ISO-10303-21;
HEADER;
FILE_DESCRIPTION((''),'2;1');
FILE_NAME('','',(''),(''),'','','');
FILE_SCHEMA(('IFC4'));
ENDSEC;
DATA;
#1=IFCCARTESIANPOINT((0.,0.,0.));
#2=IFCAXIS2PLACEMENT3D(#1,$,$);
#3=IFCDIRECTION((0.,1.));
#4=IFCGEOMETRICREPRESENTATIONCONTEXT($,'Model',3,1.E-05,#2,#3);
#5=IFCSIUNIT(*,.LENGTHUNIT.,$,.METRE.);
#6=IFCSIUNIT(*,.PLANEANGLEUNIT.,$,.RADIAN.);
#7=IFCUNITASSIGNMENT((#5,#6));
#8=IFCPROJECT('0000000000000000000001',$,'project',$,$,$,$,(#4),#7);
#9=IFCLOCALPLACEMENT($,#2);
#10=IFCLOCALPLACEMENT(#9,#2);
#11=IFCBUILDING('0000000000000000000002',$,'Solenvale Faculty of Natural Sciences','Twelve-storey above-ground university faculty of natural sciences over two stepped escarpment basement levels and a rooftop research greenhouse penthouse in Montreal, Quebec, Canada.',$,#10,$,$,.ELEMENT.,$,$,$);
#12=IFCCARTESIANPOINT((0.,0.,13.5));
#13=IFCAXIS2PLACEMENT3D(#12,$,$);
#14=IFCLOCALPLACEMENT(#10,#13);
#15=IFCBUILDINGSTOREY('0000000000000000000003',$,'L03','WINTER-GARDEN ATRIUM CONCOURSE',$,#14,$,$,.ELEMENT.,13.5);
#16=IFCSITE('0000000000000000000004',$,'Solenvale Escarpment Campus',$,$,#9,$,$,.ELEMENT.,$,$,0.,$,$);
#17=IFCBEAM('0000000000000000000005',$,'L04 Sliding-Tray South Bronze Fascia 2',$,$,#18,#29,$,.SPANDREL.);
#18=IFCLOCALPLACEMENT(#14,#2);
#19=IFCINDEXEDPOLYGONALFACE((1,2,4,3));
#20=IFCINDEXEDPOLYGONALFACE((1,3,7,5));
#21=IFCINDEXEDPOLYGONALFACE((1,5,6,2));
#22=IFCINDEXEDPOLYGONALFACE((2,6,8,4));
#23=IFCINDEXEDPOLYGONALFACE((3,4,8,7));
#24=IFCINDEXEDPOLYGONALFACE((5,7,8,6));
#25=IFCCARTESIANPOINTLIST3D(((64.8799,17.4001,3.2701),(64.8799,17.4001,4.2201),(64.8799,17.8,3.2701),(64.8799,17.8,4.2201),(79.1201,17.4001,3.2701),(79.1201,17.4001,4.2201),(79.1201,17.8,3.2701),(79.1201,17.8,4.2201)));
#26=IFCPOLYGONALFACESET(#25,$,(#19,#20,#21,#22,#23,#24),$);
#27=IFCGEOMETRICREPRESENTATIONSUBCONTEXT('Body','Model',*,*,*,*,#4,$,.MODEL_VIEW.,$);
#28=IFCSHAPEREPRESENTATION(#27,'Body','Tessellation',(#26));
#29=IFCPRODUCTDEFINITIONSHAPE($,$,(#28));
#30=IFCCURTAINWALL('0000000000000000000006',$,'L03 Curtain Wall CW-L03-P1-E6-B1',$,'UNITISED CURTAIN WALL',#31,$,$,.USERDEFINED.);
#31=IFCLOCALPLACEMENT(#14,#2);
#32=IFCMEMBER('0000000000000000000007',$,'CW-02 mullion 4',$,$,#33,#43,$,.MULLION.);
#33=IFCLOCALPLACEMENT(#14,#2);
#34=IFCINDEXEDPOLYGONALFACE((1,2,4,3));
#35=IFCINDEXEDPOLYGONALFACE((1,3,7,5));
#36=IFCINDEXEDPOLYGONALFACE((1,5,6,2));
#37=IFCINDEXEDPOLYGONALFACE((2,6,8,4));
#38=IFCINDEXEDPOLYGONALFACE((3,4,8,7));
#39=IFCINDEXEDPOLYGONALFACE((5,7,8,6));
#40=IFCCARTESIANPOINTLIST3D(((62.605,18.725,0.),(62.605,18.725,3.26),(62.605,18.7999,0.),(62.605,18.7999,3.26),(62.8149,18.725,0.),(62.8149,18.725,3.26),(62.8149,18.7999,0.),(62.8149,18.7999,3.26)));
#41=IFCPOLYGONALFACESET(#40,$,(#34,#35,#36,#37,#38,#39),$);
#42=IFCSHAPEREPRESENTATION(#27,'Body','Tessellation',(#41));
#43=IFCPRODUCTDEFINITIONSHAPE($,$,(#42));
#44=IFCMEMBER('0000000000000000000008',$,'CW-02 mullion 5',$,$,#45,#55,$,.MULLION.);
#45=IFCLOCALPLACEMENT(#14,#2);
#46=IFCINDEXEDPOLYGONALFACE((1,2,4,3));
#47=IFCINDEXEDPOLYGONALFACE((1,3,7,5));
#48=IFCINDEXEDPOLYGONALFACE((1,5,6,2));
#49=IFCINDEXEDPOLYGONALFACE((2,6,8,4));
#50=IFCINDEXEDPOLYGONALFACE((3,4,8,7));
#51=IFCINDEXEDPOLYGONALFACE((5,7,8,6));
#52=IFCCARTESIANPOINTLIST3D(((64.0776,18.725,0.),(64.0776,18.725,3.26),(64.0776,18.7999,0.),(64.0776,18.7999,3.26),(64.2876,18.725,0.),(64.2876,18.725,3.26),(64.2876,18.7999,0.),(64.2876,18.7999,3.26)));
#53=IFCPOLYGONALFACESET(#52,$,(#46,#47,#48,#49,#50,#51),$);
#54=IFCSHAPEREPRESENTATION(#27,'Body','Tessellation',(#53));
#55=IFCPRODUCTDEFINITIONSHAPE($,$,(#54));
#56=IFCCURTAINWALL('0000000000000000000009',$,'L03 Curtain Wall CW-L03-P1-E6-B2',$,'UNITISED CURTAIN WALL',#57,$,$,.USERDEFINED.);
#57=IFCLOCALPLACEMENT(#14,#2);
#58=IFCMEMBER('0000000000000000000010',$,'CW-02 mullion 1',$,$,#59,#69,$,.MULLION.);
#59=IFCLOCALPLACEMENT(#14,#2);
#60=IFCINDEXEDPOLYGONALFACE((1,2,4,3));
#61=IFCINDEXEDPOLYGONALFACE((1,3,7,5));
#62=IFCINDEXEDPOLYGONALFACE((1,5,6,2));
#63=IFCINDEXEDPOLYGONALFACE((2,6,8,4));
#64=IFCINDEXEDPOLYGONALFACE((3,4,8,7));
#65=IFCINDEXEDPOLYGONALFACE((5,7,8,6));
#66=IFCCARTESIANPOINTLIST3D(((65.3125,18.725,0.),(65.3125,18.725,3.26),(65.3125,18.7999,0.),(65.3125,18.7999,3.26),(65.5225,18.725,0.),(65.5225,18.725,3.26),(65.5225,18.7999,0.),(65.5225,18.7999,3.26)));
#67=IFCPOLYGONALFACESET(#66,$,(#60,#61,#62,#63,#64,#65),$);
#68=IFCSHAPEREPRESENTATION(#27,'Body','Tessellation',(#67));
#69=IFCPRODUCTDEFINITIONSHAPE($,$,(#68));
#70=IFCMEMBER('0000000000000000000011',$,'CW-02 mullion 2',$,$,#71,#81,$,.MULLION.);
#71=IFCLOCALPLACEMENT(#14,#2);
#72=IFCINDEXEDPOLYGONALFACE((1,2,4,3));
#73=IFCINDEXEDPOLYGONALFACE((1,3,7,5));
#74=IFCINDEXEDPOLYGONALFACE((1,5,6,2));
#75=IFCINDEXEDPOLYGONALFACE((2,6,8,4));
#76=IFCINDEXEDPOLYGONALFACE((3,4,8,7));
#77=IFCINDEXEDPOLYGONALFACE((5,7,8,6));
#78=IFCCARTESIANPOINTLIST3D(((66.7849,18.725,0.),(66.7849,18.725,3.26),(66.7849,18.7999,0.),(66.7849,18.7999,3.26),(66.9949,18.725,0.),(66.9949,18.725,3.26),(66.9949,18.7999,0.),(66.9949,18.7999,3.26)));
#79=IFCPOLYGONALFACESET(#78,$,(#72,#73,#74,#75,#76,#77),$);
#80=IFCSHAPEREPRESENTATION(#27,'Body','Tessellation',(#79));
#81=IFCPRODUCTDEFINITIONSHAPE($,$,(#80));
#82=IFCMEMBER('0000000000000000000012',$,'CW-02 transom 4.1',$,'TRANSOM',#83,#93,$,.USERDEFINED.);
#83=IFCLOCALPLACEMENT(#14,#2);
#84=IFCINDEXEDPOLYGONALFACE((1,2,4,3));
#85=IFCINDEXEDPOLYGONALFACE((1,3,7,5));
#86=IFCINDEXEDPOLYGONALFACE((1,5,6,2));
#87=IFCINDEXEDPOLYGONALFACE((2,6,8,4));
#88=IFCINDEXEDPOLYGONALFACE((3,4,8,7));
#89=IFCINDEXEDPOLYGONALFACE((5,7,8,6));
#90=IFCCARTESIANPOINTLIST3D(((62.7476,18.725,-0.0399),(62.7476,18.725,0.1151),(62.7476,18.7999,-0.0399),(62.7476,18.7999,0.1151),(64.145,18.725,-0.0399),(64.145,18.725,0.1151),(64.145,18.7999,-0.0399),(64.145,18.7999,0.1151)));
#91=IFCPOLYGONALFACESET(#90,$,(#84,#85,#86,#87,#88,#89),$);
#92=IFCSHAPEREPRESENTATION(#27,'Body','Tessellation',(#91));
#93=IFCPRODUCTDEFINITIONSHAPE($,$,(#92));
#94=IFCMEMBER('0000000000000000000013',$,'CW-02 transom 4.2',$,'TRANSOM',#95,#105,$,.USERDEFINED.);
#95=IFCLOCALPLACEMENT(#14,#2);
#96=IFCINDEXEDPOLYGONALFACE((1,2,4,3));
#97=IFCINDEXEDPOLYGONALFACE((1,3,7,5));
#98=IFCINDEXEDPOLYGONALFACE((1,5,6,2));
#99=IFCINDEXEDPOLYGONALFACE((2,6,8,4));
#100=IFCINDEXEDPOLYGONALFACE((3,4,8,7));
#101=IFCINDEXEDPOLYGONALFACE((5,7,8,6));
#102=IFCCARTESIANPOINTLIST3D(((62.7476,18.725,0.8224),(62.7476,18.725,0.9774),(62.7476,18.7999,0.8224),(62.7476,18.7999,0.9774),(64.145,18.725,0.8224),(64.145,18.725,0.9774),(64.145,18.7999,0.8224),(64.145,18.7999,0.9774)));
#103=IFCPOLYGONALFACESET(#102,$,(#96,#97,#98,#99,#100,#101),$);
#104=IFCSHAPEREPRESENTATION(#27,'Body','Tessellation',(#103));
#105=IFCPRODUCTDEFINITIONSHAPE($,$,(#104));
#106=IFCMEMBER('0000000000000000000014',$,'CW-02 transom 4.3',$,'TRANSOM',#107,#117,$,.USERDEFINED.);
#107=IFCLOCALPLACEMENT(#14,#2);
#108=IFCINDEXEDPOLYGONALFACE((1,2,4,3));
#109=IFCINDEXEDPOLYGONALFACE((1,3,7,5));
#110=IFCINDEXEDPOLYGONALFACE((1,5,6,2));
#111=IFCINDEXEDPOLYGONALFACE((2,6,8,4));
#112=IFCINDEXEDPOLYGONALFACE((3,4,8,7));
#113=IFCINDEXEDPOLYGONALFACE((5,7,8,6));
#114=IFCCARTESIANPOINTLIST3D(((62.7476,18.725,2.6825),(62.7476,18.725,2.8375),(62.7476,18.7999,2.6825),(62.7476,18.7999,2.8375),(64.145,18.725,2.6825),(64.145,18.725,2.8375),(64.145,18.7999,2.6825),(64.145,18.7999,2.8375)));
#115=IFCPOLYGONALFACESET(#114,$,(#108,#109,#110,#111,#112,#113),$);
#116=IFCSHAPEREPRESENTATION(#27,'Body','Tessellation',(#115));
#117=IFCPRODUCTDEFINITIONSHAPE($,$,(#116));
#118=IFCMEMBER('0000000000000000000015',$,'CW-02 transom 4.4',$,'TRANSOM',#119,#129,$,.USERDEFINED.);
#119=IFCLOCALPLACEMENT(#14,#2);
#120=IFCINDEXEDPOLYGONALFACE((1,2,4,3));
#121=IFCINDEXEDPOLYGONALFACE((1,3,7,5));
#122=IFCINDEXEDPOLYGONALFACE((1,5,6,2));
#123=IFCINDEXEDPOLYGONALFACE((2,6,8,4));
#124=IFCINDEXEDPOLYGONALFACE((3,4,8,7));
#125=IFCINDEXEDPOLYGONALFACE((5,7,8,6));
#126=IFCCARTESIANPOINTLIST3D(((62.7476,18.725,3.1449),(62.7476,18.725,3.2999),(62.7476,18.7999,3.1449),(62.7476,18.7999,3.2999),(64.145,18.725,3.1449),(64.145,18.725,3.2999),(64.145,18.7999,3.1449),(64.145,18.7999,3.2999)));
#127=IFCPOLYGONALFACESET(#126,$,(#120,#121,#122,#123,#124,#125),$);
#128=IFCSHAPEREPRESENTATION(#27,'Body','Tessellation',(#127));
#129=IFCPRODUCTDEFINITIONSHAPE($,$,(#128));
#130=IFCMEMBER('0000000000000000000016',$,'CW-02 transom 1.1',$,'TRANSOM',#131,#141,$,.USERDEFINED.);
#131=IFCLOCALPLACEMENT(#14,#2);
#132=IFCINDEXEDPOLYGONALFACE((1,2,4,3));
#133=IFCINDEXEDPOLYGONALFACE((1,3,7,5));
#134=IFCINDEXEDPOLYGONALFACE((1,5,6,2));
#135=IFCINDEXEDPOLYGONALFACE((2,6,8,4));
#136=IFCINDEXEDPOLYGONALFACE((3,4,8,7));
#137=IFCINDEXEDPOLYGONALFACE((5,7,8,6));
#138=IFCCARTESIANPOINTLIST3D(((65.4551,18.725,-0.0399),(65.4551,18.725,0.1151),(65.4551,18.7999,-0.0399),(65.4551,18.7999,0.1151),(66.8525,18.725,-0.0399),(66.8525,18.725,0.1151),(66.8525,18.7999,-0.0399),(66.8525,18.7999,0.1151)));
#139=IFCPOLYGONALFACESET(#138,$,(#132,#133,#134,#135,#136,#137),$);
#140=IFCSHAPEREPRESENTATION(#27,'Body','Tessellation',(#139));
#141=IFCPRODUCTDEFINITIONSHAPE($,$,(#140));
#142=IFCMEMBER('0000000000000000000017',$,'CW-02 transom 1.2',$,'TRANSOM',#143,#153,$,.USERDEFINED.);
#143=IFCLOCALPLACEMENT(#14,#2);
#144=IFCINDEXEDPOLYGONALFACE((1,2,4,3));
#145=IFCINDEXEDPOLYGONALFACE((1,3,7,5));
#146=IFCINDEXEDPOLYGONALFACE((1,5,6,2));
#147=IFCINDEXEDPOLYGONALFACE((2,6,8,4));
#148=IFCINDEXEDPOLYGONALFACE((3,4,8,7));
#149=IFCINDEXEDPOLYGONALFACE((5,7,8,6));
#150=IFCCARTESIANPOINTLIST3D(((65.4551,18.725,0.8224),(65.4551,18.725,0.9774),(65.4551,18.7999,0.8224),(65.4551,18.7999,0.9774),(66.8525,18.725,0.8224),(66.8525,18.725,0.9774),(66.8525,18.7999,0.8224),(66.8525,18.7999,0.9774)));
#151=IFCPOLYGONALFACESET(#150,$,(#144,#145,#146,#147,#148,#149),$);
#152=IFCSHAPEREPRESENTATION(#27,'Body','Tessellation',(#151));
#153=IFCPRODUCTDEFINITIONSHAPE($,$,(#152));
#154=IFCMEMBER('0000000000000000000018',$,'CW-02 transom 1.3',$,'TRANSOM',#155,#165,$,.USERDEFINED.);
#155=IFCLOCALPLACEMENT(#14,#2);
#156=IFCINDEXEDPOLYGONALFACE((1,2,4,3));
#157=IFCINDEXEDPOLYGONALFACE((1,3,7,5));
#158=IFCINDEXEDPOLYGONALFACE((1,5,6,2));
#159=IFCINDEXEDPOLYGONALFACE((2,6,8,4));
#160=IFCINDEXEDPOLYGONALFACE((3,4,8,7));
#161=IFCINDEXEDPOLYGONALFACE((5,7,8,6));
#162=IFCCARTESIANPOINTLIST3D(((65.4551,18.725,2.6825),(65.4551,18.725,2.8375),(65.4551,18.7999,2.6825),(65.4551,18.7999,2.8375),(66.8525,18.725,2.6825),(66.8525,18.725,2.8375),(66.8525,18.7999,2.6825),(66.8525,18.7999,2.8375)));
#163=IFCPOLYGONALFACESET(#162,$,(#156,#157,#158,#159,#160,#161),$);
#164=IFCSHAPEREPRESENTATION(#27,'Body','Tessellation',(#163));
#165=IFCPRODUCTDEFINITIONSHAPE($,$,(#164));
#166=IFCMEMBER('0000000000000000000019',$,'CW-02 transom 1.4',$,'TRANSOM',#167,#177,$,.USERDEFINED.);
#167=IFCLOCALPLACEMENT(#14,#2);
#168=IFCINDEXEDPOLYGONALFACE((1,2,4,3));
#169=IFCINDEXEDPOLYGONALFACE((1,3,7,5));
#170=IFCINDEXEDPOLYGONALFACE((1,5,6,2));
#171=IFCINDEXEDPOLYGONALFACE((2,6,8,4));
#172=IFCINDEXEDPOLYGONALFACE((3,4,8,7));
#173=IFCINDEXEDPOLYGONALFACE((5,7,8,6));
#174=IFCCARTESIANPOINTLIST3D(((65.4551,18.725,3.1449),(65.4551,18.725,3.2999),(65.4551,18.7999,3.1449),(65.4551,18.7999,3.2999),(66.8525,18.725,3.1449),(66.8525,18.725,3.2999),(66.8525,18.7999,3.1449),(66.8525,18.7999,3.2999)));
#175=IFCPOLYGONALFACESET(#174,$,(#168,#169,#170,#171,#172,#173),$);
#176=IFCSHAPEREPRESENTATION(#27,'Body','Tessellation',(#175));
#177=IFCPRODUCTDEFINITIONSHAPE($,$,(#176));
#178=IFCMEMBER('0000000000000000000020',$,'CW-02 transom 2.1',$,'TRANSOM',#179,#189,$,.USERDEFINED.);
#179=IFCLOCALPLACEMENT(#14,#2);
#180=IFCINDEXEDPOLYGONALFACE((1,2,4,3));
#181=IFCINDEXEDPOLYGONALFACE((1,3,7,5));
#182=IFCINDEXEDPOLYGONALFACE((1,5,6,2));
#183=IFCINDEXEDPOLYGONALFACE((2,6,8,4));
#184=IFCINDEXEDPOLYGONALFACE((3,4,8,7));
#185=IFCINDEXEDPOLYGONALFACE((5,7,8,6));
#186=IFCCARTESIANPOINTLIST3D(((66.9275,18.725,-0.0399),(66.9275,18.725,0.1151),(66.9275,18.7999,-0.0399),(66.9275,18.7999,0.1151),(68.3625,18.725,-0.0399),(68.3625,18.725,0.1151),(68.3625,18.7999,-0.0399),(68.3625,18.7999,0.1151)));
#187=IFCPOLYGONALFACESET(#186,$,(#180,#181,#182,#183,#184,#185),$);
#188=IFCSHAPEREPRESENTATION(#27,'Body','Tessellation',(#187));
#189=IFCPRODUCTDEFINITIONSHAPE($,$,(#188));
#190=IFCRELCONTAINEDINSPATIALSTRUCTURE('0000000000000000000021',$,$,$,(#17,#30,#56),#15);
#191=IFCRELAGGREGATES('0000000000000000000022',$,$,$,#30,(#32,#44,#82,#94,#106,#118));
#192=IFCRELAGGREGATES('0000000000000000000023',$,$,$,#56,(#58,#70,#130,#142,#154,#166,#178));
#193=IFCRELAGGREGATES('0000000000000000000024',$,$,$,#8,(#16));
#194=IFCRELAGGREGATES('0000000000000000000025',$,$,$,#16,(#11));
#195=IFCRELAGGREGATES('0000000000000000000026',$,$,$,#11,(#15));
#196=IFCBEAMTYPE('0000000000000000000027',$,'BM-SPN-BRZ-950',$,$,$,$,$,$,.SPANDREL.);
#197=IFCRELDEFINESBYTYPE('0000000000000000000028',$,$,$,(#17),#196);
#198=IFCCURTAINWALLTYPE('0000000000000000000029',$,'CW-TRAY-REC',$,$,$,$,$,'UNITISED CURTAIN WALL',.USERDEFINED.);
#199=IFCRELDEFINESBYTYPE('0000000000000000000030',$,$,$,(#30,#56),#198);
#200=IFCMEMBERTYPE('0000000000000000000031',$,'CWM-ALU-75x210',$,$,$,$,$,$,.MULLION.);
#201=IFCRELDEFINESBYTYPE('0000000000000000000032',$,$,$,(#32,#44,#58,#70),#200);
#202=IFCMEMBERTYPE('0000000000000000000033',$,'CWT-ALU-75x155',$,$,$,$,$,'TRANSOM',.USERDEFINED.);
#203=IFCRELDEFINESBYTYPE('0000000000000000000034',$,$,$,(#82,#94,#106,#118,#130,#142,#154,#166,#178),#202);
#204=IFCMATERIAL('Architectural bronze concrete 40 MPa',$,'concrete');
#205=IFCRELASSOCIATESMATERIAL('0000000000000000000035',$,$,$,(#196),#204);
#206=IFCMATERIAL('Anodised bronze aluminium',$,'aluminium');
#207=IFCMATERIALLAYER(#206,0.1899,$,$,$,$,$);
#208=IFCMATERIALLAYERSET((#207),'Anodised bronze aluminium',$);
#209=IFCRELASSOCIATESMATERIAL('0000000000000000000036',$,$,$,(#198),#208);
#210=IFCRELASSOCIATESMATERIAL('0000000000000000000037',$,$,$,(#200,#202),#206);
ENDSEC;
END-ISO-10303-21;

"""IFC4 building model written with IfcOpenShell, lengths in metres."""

from ifc_helpers import new_model, si_unit, direction, frame, origin, origin_2d, place, context, subcontext, project, spatial, rectangle, extrude, material, layer, layer_set, material_profile, profile_set, type_object, element, aggregate, save


model = new_model("IFC4")

# Units and contexts
model_context = context("Model", 3, precision=1e-05, world=origin(), true_north=direction((0.0, 1.0)))
body_context = subcontext(model_context, "Body", "Model", "MODEL_VIEW")
ifc_project = project(units=[si_unit("LENGTHUNIT", "METRE"), si_unit("PLANEANGLEUNIT", "RADIAN")], contexts=[model_context])

# Site, building, storey
site_placement = place(None, origin())
site = spatial("IfcSite", under=ifc_project, at=site_placement, Name="Solenvale Escarpment Campus", CompositionType="ELEMENT", RefElevation=0.0)
building_placement = place(site_placement, origin())
building = spatial("IfcBuilding", under=site, at=building_placement, Name="Solenvale Faculty of Natural Sciences", Description="Twelve-storey above-ground university faculty of natural sciences over two stepped escarpment basement levels and a rooftop research greenhouse penthouse in Montreal, Quebec, Canada.", CompositionType="ELEMENT")
storey_placement = place(building_placement, frame((0.0, 0.0, 13.5)))
storey = spatial("IfcBuildingStorey", under=building, at=storey_placement, Name="L03", Description="WINTER-GARDEN ATRIUM CONCOURSE", CompositionType="ELEMENT", Elevation=13.5)

# Beam
ifc_material_1 = material(Name="Architectural bronze concrete 40 MPa", Category="concrete")
ifc_material_profile_1 = material_profile(ifc_material_1, rectangle(XDim=0.3999, YDim=0.95, at=origin_2d()), Name="RC-SPN-400x950")
ifc_profile_set_1 = profile_set([ifc_material_profile_1], Name="Architectural bronze concrete 40 MPa")
beam_type = type_object("IfcBeamType", Name="BM-SPN-BRZ-950", PredefinedType="SPANDREL", material=ifc_profile_set_1)
beam_placement = place(storey_placement, frame((64.8799, 17.6001, 3.7451), z_axis=(1.0, 0.0, 0.0), x_axis=(0.0, 1.0, 0.0)))
element("IfcBeam", 1, at=beam_placement, inside=storey, type_object=beam_type, Name="L04 Sliding-Tray South Bronze Fascia 2", PredefinedType="SPANDREL", context=body_context, shape_type="SweptSolid", body=[
    extrude(rectangle(XDim=0.3999, YDim=0.95, at=origin_2d()), origin(), (0.0, 0.0, 1.0), 14.2402),
])

# Curtain walls, members
ifc_material_2 = material(Name="Anodised bronze aluminium", Category="aluminium")
ifc_layer_1 = layer(ifc_material_2, 0.1899)
ifc_layer_set_1 = layer_set([ifc_layer_1], Name="Anodised bronze aluminium")
curtain_wall_type = type_object("IfcCurtainWallType", Name="CW-TRAY-REC", ElementType="UNITISED CURTAIN WALL", PredefinedType="USERDEFINED", material=ifc_layer_set_1)
curtain_wall_1_placement = place(storey_placement, origin())
curtain_wall_1 = element("IfcCurtainWall", 2, at=curtain_wall_1_placement, inside=storey, type_object=curtain_wall_type, Name="L03 Curtain Wall CW-L03-P1-E6-B1", ObjectType="UNITISED CURTAIN WALL", PredefinedType="USERDEFINED")
ifc_material_profile_2 = material_profile(ifc_material_2, rectangle(XDim=0.075, YDim=0.21, at=origin_2d()), Name="ALU-MUL-75x210")
ifc_profile_set_2 = profile_set([ifc_material_profile_2], Name="Anodised bronze aluminium")
member_type_1 = type_object("IfcMemberType", Name="CWM-ALU-75x210", PredefinedType="MULLION", material=ifc_profile_set_2)
member_1_placement = place(storey_placement, frame((62.71, 18.7625, 0.0), z_axis=(0.0, 0.0, 1.0), x_axis=(0.0, 1.0, 0.0)))
member_1 = element("IfcMember", 3, at=member_1_placement, type_object=member_type_1, Name="CW-02 mullion 4", PredefinedType="MULLION", context=body_context, shape_type="SweptSolid", body=[
    extrude(rectangle(XDim=0.075, YDim=0.21, at=origin_2d()), origin(), (0.0, 0.0, 1.0), 3.26),
])
member_2_placement = place(storey_placement, frame((64.1826, 18.7625, 0.0), z_axis=(0.0, 0.0, 1.0), x_axis=(0.0, 1.0, 0.0)))
member_2 = element("IfcMember", 4, at=member_2_placement, type_object=member_type_1, Name="CW-02 mullion 5", PredefinedType="MULLION", context=body_context, shape_type="SweptSolid", body=[
    extrude(rectangle(XDim=0.075, YDim=0.21, at=origin_2d()), origin(), (0.0, 0.0, 1.0), 3.26),
])
curtain_wall_2_placement = place(storey_placement, origin())
curtain_wall_2 = element("IfcCurtainWall", 5, at=curtain_wall_2_placement, inside=storey, type_object=curtain_wall_type, Name="L03 Curtain Wall CW-L03-P1-E6-B2", ObjectType="UNITISED CURTAIN WALL", PredefinedType="USERDEFINED")
member_3_placement = place(storey_placement, frame((65.4175, 18.7625, 0.0), z_axis=(0.0, 0.0, 1.0), x_axis=(0.0, 1.0, 0.0)))
member_3 = element("IfcMember", 6, at=member_3_placement, type_object=member_type_1, Name="CW-02 mullion 1", PredefinedType="MULLION", context=body_context, shape_type="SweptSolid", body=[
    extrude(rectangle(XDim=0.075, YDim=0.21, at=origin_2d()), origin(), (0.0, 0.0, 1.0), 3.26),
])
member_4_placement = place(storey_placement, frame((66.8899, 18.7625, 0.0), z_axis=(0.0, 0.0, 1.0), x_axis=(0.0, 1.0, 0.0)))
member_4 = element("IfcMember", 7, at=member_4_placement, type_object=member_type_1, Name="CW-02 mullion 2", PredefinedType="MULLION", context=body_context, shape_type="SweptSolid", body=[
    extrude(rectangle(XDim=0.075, YDim=0.21, at=origin_2d()), origin(), (0.0, 0.0, 1.0), 3.26),
])

# Members
ifc_material_profile_3 = material_profile(ifc_material_2, rectangle(XDim=0.075, YDim=0.155, at=origin_2d()), Name="ALU-TRN-75x155")
ifc_profile_set_3 = profile_set([ifc_material_profile_3], Name="Anodised bronze aluminium")
member_type_2 = type_object("IfcMemberType", Name="CWT-ALU-75x155", ElementType="TRANSOM", PredefinedType="USERDEFINED", material=ifc_profile_set_3)
member_5_placement = place(storey_placement, frame((62.7476, 18.7625, 0.0376), z_axis=(1.0, 0.0, 0.0), x_axis=(0.0, 1.0, 0.0)))
member_5 = element("IfcMember", 8, at=member_5_placement, type_object=member_type_2, Name="CW-02 transom 4.1", ObjectType="TRANSOM", PredefinedType="USERDEFINED", context=body_context, shape_type="SweptSolid", body=[
    extrude(rectangle(XDim=0.075, YDim=0.155, at=origin_2d()), origin(), (0.0, 0.0, 1.0), 1.3975),
])
member_6_placement = place(storey_placement, frame((62.7476, 18.7625, 0.8999), z_axis=(1.0, 0.0, 0.0), x_axis=(0.0, 1.0, 0.0)))
member_6 = element("IfcMember", 9, at=member_6_placement, type_object=member_type_2, Name="CW-02 transom 4.2", ObjectType="TRANSOM", PredefinedType="USERDEFINED", context=body_context, shape_type="SweptSolid", body=[
    extrude(rectangle(XDim=0.075, YDim=0.155, at=origin_2d()), origin(), (0.0, 0.0, 1.0), 1.3975),
])
member_7_placement = place(storey_placement, frame((62.7476, 18.7625, 2.76), z_axis=(1.0, 0.0, 0.0), x_axis=(0.0, 1.0, 0.0)))
member_7 = element("IfcMember", 10, at=member_7_placement, type_object=member_type_2, Name="CW-02 transom 4.3", ObjectType="TRANSOM", PredefinedType="USERDEFINED", context=body_context, shape_type="SweptSolid", body=[
    extrude(rectangle(XDim=0.075, YDim=0.155, at=origin_2d()), origin(), (0.0, 0.0, 1.0), 1.3975),
])
member_8_placement = place(storey_placement, frame((62.7476, 18.7625, 3.2224), z_axis=(1.0, 0.0, 0.0), x_axis=(0.0, 1.0, 0.0)))
member_8 = element("IfcMember", 11, at=member_8_placement, type_object=member_type_2, Name="CW-02 transom 4.4", ObjectType="TRANSOM", PredefinedType="USERDEFINED", context=body_context, shape_type="SweptSolid", body=[
    extrude(rectangle(XDim=0.075, YDim=0.155, at=origin_2d()), origin(), (0.0, 0.0, 1.0), 1.3975),
])
member_9_placement = place(storey_placement, frame((65.4551, 18.7625, 0.0376), z_axis=(1.0, 0.0, 0.0), x_axis=(0.0, 1.0, 0.0)))
member_9 = element("IfcMember", 12, at=member_9_placement, type_object=member_type_2, Name="CW-02 transom 1.1", ObjectType="TRANSOM", PredefinedType="USERDEFINED", context=body_context, shape_type="SweptSolid", body=[
    extrude(rectangle(XDim=0.075, YDim=0.155, at=origin_2d()), origin(), (0.0, 0.0, 1.0), 1.3975),
])
member_10_placement = place(storey_placement, frame((65.4551, 18.7625, 0.8999), z_axis=(1.0, 0.0, 0.0), x_axis=(0.0, 1.0, 0.0)))
member_10 = element("IfcMember", 13, at=member_10_placement, type_object=member_type_2, Name="CW-02 transom 1.2", ObjectType="TRANSOM", PredefinedType="USERDEFINED", context=body_context, shape_type="SweptSolid", body=[
    extrude(rectangle(XDim=0.075, YDim=0.155, at=origin_2d()), origin(), (0.0, 0.0, 1.0), 1.3975),
])
member_11_placement = place(storey_placement, frame((65.4551, 18.7625, 2.76), z_axis=(1.0, 0.0, 0.0), x_axis=(0.0, 1.0, 0.0)))
member_11 = element("IfcMember", 14, at=member_11_placement, type_object=member_type_2, Name="CW-02 transom 1.3", ObjectType="TRANSOM", PredefinedType="USERDEFINED", context=body_context, shape_type="SweptSolid", body=[
    extrude(rectangle(XDim=0.075, YDim=0.155, at=origin_2d()), origin(), (0.0, 0.0, 1.0), 1.3975),
])
member_12_placement = place(storey_placement, frame((65.4551, 18.7625, 3.2224), z_axis=(1.0, 0.0, 0.0), x_axis=(0.0, 1.0, 0.0)))
member_12 = element("IfcMember", 15, at=member_12_placement, type_object=member_type_2, Name="CW-02 transom 1.4", ObjectType="TRANSOM", PredefinedType="USERDEFINED", context=body_context, shape_type="SweptSolid", body=[
    extrude(rectangle(XDim=0.075, YDim=0.155, at=origin_2d()), origin(), (0.0, 0.0, 1.0), 1.3975),
])
member_13_placement = place(storey_placement, frame((66.9275, 18.7625, 0.0376), z_axis=(1.0, 0.0, 0.0), x_axis=(0.0, 1.0, 0.0)))
member_13 = element("IfcMember", 16, at=member_13_placement, type_object=member_type_2, Name="CW-02 transom 2.1", ObjectType="TRANSOM", PredefinedType="USERDEFINED", context=body_context, shape_type="SweptSolid", body=[
    extrude(rectangle(XDim=0.075, YDim=0.155, at=origin_2d()), origin(), (0.0, 0.0, 1.0), 1.4351),
])

aggregate(curtain_wall_1, [member_1, member_2, member_5, member_6, member_7, member_8])
aggregate(curtain_wall_2, [member_3, member_4, member_9, member_10, member_11, member_12, member_13])

save(model, "model.ifc")
